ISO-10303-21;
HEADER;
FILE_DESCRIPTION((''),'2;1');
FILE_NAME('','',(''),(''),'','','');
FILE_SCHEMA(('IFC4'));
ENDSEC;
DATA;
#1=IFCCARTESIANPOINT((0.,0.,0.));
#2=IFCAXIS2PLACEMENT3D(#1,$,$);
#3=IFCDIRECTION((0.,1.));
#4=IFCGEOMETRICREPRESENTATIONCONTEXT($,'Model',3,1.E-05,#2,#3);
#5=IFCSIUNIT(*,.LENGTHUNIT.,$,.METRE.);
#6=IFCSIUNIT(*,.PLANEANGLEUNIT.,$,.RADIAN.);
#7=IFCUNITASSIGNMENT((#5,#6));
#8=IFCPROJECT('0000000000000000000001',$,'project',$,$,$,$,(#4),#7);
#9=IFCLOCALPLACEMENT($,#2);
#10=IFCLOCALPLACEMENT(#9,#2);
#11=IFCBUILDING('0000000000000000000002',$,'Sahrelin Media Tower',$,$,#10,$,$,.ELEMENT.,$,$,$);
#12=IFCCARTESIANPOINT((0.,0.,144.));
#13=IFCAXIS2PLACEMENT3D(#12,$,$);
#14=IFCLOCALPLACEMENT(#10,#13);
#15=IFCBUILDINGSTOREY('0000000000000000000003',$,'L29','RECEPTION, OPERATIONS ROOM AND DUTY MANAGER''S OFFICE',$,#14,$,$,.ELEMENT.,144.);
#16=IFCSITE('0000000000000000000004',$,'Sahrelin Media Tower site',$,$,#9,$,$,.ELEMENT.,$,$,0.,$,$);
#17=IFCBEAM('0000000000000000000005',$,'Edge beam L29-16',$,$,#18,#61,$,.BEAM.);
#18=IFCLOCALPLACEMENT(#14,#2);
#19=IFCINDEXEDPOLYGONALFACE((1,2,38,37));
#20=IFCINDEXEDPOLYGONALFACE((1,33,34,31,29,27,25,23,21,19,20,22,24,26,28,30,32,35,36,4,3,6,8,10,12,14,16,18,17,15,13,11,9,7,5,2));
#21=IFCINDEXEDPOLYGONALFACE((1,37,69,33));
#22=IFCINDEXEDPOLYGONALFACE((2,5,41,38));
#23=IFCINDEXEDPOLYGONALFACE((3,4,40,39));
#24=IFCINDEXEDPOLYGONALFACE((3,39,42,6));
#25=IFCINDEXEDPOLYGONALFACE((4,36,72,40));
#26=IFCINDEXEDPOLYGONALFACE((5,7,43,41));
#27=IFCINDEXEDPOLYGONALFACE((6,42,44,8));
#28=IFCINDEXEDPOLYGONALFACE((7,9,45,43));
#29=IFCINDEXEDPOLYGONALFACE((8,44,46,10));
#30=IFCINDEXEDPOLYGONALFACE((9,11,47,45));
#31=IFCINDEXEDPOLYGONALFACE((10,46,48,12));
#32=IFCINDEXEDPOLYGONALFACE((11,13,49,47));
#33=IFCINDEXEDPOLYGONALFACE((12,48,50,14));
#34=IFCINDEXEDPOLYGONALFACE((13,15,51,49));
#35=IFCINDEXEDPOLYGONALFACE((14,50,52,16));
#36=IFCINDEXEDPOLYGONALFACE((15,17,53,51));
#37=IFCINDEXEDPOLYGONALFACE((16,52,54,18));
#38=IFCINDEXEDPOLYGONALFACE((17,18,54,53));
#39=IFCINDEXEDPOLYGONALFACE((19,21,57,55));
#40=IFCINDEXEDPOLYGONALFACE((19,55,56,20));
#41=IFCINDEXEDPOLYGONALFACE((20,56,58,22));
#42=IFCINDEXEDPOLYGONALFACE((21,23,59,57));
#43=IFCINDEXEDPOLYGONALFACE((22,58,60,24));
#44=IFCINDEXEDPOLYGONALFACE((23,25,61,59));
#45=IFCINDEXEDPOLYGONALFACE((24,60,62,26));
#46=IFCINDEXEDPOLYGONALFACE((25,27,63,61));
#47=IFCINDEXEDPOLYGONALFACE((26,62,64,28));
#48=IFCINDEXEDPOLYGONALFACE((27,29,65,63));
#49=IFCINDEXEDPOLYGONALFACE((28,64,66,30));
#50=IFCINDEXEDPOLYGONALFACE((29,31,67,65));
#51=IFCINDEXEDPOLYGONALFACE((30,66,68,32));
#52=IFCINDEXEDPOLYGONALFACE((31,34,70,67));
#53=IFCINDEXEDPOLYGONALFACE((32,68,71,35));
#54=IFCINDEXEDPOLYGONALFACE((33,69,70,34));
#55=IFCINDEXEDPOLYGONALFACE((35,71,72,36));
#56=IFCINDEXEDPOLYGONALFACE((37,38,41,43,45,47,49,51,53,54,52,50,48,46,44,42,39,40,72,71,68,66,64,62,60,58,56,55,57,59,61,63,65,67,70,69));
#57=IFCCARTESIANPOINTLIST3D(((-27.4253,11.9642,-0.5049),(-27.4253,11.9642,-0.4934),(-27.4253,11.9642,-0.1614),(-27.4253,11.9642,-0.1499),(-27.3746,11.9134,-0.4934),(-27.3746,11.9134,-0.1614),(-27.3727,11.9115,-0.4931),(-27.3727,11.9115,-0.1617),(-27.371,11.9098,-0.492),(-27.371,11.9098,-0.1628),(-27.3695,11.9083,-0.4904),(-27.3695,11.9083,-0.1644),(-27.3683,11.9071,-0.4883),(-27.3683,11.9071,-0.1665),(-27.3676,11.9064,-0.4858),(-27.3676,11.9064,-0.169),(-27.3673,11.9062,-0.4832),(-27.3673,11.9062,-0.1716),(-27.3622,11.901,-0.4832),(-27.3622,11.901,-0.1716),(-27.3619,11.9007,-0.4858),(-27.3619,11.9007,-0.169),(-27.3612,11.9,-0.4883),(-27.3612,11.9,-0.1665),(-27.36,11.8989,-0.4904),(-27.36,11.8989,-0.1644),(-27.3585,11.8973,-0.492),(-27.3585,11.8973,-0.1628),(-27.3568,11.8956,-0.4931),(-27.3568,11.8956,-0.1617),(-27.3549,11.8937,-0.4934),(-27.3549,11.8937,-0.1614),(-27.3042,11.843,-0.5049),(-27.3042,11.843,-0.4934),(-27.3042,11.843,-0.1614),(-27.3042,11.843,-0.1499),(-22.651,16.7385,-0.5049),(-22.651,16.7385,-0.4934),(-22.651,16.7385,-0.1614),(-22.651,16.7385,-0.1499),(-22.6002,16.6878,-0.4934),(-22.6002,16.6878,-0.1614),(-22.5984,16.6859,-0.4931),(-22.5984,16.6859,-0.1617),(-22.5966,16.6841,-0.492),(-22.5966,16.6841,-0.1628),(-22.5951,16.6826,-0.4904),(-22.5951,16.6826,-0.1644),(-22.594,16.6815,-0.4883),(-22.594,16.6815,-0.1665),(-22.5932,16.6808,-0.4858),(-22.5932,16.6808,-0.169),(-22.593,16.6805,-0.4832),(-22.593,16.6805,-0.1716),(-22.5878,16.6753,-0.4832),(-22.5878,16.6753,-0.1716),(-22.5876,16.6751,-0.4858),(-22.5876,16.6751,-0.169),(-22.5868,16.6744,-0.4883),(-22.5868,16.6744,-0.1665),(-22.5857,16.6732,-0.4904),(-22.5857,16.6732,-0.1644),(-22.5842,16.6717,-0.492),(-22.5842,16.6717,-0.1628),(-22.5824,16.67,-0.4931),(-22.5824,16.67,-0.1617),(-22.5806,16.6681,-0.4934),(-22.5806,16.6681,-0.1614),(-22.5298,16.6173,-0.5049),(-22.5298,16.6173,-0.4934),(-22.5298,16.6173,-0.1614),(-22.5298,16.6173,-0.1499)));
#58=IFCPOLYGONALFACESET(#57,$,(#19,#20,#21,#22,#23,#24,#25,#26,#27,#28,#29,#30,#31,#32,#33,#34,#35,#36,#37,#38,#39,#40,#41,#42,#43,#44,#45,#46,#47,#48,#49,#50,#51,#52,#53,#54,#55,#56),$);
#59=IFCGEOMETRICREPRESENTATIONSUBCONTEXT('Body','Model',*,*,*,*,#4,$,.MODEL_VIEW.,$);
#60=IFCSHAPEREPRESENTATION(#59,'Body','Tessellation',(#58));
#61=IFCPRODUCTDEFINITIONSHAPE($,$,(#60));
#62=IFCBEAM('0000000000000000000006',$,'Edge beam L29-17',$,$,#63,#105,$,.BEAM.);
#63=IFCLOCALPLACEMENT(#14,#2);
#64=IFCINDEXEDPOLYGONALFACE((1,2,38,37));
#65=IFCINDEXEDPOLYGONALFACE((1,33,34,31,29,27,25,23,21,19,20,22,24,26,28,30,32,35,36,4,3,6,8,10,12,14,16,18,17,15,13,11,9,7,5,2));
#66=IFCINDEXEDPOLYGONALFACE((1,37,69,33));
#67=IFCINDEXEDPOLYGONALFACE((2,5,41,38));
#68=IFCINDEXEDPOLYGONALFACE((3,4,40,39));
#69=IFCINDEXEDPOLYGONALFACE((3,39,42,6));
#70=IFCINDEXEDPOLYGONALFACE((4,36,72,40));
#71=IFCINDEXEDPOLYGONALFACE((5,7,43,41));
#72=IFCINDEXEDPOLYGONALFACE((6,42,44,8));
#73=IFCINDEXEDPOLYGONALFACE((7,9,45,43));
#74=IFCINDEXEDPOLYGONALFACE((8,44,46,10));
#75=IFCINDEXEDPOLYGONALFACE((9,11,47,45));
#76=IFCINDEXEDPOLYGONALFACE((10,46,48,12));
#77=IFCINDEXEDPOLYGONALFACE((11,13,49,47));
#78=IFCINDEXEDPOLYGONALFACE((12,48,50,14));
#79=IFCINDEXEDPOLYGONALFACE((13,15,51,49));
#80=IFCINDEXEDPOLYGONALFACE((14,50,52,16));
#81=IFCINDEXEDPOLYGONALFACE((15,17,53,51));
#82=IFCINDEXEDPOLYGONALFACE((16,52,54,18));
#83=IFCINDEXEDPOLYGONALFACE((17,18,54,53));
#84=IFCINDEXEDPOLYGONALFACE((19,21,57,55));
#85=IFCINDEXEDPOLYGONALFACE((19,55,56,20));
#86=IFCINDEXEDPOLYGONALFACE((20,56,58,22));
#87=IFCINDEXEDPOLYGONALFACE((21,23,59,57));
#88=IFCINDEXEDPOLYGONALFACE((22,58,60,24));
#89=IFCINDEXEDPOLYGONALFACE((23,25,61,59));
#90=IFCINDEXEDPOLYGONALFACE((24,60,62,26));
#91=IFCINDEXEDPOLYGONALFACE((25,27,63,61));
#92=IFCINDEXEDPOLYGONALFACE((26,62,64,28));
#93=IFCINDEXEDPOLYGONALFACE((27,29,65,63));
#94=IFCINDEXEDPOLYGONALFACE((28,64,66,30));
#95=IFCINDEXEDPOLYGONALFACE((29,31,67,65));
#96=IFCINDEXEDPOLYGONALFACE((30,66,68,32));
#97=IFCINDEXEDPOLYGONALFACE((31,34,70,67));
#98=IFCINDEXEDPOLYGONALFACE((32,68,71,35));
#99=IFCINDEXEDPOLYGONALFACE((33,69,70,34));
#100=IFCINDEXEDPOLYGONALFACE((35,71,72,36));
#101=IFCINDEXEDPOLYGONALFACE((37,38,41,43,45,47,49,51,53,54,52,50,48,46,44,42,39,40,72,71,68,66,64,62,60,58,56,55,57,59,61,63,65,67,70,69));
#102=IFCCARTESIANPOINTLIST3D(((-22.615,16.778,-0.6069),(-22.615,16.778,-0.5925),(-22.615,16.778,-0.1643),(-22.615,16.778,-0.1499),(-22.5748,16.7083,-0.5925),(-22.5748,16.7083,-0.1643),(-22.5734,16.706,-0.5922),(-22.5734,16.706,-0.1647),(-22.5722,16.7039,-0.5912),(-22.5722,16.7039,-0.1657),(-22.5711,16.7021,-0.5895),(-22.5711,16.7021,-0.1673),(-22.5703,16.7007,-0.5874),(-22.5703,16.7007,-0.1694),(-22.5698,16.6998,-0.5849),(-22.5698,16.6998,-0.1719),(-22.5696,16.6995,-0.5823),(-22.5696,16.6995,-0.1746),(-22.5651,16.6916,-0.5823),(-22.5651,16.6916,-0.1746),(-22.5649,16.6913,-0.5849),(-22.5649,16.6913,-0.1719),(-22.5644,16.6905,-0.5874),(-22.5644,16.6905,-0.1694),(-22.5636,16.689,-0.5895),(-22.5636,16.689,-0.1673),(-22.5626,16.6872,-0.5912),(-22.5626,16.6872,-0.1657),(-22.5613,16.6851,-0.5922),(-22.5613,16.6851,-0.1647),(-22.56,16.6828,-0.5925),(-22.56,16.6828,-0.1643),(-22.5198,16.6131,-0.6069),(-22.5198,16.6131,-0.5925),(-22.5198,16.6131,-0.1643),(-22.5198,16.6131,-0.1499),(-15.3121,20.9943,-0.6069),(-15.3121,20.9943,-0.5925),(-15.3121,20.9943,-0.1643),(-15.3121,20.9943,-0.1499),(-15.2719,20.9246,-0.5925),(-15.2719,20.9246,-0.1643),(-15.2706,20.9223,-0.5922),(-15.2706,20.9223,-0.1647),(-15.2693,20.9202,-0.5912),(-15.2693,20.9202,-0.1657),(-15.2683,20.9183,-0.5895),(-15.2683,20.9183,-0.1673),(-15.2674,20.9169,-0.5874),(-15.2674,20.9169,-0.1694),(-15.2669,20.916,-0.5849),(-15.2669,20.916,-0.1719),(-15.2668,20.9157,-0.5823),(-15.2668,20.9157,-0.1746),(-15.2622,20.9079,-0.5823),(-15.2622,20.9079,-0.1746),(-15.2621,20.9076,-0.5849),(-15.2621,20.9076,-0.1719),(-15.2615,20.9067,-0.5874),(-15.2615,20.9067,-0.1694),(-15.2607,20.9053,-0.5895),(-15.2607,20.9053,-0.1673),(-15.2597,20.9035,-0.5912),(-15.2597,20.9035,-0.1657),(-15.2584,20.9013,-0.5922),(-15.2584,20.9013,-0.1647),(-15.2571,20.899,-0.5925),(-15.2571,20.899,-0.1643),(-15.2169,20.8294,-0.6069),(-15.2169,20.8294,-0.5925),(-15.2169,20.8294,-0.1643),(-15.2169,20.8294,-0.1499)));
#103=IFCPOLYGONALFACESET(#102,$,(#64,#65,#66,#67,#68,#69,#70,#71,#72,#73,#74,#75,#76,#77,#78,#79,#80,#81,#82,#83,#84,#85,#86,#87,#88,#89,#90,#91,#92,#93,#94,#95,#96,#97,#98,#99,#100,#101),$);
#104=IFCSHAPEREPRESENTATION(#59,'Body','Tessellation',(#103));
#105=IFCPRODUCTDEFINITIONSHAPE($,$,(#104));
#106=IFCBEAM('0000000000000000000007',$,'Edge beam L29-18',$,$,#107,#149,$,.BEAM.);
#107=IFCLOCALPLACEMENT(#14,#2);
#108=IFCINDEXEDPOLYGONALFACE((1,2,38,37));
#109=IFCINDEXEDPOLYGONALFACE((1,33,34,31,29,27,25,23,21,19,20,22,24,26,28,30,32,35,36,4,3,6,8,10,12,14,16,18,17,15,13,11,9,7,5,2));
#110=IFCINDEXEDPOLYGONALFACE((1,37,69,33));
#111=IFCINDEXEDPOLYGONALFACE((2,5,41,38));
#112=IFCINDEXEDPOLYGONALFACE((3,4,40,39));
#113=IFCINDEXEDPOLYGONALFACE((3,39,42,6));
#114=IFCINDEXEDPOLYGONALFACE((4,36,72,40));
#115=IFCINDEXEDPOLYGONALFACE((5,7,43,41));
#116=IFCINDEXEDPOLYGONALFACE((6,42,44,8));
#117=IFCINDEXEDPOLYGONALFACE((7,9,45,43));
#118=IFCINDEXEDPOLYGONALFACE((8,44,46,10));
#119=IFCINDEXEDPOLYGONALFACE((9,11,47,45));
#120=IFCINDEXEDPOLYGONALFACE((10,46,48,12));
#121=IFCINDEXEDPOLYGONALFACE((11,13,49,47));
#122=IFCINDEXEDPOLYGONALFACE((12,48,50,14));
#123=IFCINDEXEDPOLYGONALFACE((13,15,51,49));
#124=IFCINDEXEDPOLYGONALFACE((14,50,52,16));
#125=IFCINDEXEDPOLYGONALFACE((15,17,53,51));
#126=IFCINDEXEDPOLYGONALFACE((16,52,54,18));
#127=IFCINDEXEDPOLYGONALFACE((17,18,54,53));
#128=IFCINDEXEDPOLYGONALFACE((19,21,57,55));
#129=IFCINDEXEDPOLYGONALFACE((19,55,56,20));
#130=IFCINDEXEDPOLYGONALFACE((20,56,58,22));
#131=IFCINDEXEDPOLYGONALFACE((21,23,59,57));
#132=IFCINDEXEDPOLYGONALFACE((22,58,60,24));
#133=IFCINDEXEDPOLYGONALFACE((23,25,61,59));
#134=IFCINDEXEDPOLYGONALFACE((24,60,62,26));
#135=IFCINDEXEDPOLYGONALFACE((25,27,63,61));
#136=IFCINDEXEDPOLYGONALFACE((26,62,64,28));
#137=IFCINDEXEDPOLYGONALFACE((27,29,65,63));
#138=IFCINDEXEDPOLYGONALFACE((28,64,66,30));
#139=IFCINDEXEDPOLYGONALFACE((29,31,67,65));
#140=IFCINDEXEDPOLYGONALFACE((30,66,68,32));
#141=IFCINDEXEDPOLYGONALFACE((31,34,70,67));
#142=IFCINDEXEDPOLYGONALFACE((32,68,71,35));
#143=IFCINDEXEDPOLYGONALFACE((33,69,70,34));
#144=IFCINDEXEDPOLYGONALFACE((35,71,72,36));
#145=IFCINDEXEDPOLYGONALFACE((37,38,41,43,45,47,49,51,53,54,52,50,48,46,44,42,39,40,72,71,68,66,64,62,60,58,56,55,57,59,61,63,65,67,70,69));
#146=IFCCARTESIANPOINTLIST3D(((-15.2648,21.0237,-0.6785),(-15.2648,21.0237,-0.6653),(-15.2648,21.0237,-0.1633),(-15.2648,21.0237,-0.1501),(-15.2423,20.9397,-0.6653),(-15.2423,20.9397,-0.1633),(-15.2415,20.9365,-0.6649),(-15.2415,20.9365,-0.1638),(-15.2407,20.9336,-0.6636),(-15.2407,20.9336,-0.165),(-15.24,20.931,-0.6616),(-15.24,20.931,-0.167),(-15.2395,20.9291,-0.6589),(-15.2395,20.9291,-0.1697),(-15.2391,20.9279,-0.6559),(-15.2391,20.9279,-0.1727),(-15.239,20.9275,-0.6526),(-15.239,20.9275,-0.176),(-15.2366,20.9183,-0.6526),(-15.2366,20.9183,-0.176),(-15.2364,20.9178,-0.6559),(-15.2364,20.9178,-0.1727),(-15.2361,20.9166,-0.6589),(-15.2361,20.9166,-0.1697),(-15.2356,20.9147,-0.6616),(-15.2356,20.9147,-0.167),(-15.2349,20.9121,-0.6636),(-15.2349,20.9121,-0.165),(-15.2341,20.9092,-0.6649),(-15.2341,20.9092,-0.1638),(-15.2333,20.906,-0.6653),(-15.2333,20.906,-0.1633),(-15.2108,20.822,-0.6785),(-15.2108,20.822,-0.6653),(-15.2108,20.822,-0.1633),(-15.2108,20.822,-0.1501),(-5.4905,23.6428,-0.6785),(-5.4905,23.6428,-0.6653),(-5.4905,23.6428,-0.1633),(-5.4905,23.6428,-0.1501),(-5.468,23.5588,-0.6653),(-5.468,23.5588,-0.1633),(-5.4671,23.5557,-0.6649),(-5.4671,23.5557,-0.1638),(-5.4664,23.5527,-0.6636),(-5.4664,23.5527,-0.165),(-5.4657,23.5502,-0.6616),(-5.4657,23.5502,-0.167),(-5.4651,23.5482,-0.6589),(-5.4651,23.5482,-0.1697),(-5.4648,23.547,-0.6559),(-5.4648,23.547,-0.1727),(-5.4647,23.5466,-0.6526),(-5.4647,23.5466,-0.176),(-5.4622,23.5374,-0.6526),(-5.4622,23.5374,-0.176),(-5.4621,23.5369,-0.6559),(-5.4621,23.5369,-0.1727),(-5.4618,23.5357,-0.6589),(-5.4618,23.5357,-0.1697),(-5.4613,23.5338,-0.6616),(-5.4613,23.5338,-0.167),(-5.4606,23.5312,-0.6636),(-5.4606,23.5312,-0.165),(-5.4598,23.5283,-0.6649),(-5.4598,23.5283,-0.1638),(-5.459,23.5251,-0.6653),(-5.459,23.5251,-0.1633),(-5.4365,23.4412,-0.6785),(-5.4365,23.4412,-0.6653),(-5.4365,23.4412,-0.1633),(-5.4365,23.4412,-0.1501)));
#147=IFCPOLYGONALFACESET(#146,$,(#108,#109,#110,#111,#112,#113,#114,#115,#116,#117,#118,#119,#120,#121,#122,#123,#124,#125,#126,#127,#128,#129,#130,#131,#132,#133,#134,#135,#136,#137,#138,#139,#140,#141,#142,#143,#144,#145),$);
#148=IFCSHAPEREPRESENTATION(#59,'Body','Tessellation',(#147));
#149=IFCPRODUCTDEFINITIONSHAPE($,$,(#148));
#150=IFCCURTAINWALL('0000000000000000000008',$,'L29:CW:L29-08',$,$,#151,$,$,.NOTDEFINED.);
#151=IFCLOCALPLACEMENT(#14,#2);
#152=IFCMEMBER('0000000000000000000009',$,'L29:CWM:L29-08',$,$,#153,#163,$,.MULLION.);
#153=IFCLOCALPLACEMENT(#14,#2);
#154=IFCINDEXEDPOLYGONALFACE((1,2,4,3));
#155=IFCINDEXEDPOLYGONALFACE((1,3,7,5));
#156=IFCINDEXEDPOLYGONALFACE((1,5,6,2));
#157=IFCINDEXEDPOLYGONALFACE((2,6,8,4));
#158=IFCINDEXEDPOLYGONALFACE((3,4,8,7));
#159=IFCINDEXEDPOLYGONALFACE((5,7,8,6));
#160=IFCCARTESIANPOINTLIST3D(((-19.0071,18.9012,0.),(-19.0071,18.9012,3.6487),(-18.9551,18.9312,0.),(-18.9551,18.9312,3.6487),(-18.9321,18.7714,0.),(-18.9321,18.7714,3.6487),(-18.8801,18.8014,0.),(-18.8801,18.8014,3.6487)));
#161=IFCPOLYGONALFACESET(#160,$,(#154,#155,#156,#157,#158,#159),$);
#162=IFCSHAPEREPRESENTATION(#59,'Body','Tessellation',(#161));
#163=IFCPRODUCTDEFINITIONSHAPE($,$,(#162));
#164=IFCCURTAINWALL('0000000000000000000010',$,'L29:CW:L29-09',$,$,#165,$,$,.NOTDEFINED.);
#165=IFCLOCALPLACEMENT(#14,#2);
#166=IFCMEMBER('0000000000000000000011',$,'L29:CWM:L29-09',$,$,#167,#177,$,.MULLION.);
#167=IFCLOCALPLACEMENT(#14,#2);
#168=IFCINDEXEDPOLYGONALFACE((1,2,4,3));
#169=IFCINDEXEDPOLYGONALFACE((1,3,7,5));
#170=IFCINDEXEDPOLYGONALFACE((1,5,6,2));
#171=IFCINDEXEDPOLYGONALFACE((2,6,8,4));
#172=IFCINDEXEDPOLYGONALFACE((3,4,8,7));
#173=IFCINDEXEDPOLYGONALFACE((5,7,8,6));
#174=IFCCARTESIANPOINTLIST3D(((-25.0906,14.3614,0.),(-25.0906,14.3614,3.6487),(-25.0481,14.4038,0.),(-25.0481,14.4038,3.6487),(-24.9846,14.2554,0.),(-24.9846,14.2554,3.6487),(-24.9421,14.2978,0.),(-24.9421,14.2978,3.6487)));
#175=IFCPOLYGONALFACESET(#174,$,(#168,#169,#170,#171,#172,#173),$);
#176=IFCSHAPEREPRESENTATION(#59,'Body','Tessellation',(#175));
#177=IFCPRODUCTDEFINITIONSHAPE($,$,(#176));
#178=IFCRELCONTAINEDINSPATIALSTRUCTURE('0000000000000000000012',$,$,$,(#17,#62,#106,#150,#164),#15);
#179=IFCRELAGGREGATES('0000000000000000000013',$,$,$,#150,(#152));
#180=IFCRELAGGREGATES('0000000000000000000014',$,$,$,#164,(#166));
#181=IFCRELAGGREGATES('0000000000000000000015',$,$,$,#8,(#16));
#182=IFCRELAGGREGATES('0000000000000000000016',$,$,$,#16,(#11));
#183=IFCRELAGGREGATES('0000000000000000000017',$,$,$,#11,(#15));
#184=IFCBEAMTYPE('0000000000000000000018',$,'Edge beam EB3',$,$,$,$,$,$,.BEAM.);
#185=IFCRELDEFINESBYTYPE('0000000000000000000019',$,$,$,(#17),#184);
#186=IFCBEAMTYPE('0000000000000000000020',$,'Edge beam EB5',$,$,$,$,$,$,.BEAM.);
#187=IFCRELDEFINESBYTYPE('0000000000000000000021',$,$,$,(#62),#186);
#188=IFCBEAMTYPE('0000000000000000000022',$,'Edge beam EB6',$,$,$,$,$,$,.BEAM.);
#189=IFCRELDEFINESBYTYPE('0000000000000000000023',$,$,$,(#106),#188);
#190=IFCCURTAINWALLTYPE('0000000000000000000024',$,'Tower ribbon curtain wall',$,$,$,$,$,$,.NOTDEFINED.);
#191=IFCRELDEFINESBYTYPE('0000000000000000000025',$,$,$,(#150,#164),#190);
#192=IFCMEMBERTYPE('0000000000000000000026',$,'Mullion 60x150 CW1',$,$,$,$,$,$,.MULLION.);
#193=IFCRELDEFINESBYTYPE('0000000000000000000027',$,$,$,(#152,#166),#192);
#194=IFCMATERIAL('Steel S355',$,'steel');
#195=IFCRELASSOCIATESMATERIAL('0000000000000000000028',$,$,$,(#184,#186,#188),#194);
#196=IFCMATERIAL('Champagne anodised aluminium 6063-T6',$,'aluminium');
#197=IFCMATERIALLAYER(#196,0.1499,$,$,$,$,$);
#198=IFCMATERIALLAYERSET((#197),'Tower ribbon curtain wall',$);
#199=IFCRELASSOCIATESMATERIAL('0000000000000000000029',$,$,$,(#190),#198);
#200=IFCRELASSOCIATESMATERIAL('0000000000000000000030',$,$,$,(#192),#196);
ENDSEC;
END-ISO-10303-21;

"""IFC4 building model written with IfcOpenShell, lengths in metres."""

from ifc_helpers import new_model, si_unit, direction, frame, origin, origin_2d, place, context, subcontext, project, spatial, rectangle, i_section, extrude, material, layer, layer_set, material_profile, profile_set, type_object, element, aggregate, save


model = new_model("IFC4")

# Units and contexts
model_context = context("Model", 3, precision=1e-05, world=origin(), true_north=direction((0.0, 1.0)))
body_context = subcontext(model_context, "Body", "Model", "MODEL_VIEW")
ifc_project = project(units=[si_unit("LENGTHUNIT", "METRE"), si_unit("PLANEANGLEUNIT", "RADIAN")], contexts=[model_context])

# Site, building, storey
site_placement = place(None, origin())
site = spatial("IfcSite", under=ifc_project, at=site_placement, Name="Sahrelin Media Tower site", CompositionType="ELEMENT", RefElevation=0.0)
building_placement = place(site_placement, origin())
building = spatial("IfcBuilding", under=site, at=building_placement, Name="Sahrelin Media Tower", CompositionType="ELEMENT")
storey_placement = place(building_placement, frame((0.0, 0.0, 144.0)))
storey = spatial("IfcBuildingStorey", under=building, at=storey_placement, Name="L29", Description="RECEPTION, OPERATIONS ROOM AND DUTY MANAGER'S OFFICE", CompositionType="ELEMENT", Elevation=144.0)

# Beams
ifc_material_1 = material(Name="Steel S355", Category="steel")
ifc_material_profile_1 = material_profile(ifc_material_1, i_section(OverallWidth=0.1714, OverallDepth=0.355, WebThickness=0.0073, FlangeThickness=0.0115, FilletRadius=0.0103, at=origin_2d()), Name="UB 356x171x51")
ifc_profile_set_1 = profile_set([ifc_material_profile_1], Name="Steel S355")
beam_type_1 = type_object("IfcBeamType", Name="Edge beam EB3", PredefinedType="BEAM", material=ifc_profile_set_1)
beam_1_placement = place(storey_placement, frame((-27.3647, 11.9036, -0.3274), z_axis=(0.707107, 0.707107, 0.0), x_axis=(-0.707107, 0.707107, 0.0)))
element("IfcBeam", 1, at=beam_1_placement, inside=storey, type_object=beam_type_1, Name="Edge beam L29-16", PredefinedType="BEAM", context=body_context, shape_type="SweptSolid", body=[
    extrude(i_section(OverallWidth=0.1714, OverallDepth=0.355, WebThickness=0.0073, FlangeThickness=0.0115, FilletRadius=0.0103, at=origin_2d()), origin(), (0.0, 0.0, 1.0), 6.752),
])
ifc_material_profile_2 = material_profile(ifc_material_1, i_section(OverallWidth=0.1904, OverallDepth=0.457, WebThickness=0.009, FlangeThickness=0.0144, FilletRadius=0.0103, at=origin_2d()), Name="UB 457x191x74")
ifc_profile_set_2 = profile_set([ifc_material_profile_2], Name="Steel S355")
beam_type_2 = type_object("IfcBeamType", Name="Edge beam EB5", PredefinedType="BEAM", material=ifc_profile_set_2)
beam_2_placement = place(storey_placement, frame((-22.5674, 16.6956, -0.3784), z_axis=(0.866029, 0.499994, 0.0), x_axis=(-0.499994, 0.866029, 0.0)))
element("IfcBeam", 2, at=beam_2_placement, inside=storey, type_object=beam_type_2, Name="Edge beam L29-17", PredefinedType="BEAM", context=body_context, shape_type="SweptSolid", body=[
    extrude(i_section(OverallWidth=0.1904, OverallDepth=0.457, WebThickness=0.009, FlangeThickness=0.0144, FilletRadius=0.0103, at=origin_2d()), origin(), (0.0, 0.0, 1.0), 8.4326),
])
ifc_material_profile_3 = material_profile(ifc_material_1, i_section(OverallWidth=0.2087, OverallDepth=0.5283, WebThickness=0.0095, FlangeThickness=0.0132, FilletRadius=0.0127, at=origin_2d()), Name="UB 533x210x82")
ifc_profile_set_3 = profile_set([ifc_material_profile_3], Name="Steel S355")
beam_type_3 = type_object("IfcBeamType", Name="Edge beam EB6", PredefinedType="BEAM", material=ifc_profile_set_3)
beam_3_placement = place(storey_placement, frame((-15.2378, 20.9229, -0.4143), z_axis=(0.965923, 0.258828, 0.0), x_axis=(-0.258828, 0.965923, 0.0)))
element("IfcBeam", 3, at=beam_3_placement, inside=storey, type_object=beam_type_3, Name="Edge beam L29-18", PredefinedType="BEAM", context=body_context, shape_type="SweptSolid", body=[
    extrude(i_section(OverallWidth=0.2087, OverallDepth=0.5283, WebThickness=0.0095, FlangeThickness=0.0132, FilletRadius=0.0127, at=origin_2d()), origin(), (0.0, 0.0, 1.0), 10.1191),
])

# Curtain walls, members
ifc_material_2 = material(Name="Champagne anodised aluminium 6063-T6", Category="aluminium")
ifc_layer_1 = layer(ifc_material_2, 0.1499)
ifc_layer_set_1 = layer_set([ifc_layer_1], Name="Tower ribbon curtain wall")
curtain_wall_type = type_object("IfcCurtainWallType", Name="Tower ribbon curtain wall", PredefinedType="NOTDEFINED", material=ifc_layer_set_1)
curtain_wall_1_placement = place(storey_placement, frame((-18.991, 18.9336, 0.0), z_axis=(0.0, 0.0, 1.0), x_axis=(1.0, 0.0, 0.0)))
curtain_wall_1 = element("IfcCurtainWall", 4, at=curtain_wall_1_placement, inside=storey, type_object=curtain_wall_type, Name="L29:CW:L29-08", PredefinedType="NOTDEFINED")
ifc_material_profile_4 = material_profile(ifc_material_2, rectangle(XDim=0.0601, YDim=0.1499, at=origin_2d()), Name="Mullion 60x150")
ifc_profile_set_4 = profile_set([ifc_material_profile_4], Name="Champagne anodised aluminium 6063-T6")
member_type_1 = type_object("IfcMemberType", Name="Mullion 60x150 CW1", PredefinedType="MULLION", material=ifc_profile_set_4)
member_1_placement = place(storey_placement, frame((-18.9436, 18.8513, 0.0), z_axis=(0.0, 0.0, 1.0), x_axis=(-0.866027, -0.499997, 0.0)))
member_1 = element("IfcMember", 5, at=member_1_placement, type_object=member_type_1, Name="L29:CWM:L29-08", PredefinedType="MULLION", context=body_context, shape_type="SweptSolid", body=[
    extrude(rectangle(XDim=0.0601, YDim=0.1499, at=origin_2d()), origin(), (0.0, 0.0, 1.0), 3.6487),
])
curtain_wall_2_placement = place(storey_placement, frame((-25.0835, 14.3967, 0.0), z_axis=(0.0, 0.0, 1.0), x_axis=(1.0, 0.0, 0.0)))
curtain_wall_2 = element("IfcCurtainWall", 6, at=curtain_wall_2_placement, inside=storey, type_object=curtain_wall_type, Name="L29:CW:L29-09", PredefinedType="NOTDEFINED")
member_2_placement = place(storey_placement, frame((-25.0164, 14.3296, 0.0), z_axis=(0.0, 0.0, 1.0), x_axis=(-0.707107, -0.707107, 0.0)))
member_2 = element("IfcMember", 7, at=member_2_placement, type_object=member_type_1, Name="L29:CWM:L29-09", PredefinedType="MULLION", context=body_context, shape_type="SweptSolid", body=[
    extrude(rectangle(XDim=0.0601, YDim=0.1499, at=origin_2d()), origin(), (0.0, 0.0, 1.0), 3.6487),
])

aggregate(curtain_wall_1, [member_1])
aggregate(curtain_wall_2, [member_2])

save(model, "model.ifc")
